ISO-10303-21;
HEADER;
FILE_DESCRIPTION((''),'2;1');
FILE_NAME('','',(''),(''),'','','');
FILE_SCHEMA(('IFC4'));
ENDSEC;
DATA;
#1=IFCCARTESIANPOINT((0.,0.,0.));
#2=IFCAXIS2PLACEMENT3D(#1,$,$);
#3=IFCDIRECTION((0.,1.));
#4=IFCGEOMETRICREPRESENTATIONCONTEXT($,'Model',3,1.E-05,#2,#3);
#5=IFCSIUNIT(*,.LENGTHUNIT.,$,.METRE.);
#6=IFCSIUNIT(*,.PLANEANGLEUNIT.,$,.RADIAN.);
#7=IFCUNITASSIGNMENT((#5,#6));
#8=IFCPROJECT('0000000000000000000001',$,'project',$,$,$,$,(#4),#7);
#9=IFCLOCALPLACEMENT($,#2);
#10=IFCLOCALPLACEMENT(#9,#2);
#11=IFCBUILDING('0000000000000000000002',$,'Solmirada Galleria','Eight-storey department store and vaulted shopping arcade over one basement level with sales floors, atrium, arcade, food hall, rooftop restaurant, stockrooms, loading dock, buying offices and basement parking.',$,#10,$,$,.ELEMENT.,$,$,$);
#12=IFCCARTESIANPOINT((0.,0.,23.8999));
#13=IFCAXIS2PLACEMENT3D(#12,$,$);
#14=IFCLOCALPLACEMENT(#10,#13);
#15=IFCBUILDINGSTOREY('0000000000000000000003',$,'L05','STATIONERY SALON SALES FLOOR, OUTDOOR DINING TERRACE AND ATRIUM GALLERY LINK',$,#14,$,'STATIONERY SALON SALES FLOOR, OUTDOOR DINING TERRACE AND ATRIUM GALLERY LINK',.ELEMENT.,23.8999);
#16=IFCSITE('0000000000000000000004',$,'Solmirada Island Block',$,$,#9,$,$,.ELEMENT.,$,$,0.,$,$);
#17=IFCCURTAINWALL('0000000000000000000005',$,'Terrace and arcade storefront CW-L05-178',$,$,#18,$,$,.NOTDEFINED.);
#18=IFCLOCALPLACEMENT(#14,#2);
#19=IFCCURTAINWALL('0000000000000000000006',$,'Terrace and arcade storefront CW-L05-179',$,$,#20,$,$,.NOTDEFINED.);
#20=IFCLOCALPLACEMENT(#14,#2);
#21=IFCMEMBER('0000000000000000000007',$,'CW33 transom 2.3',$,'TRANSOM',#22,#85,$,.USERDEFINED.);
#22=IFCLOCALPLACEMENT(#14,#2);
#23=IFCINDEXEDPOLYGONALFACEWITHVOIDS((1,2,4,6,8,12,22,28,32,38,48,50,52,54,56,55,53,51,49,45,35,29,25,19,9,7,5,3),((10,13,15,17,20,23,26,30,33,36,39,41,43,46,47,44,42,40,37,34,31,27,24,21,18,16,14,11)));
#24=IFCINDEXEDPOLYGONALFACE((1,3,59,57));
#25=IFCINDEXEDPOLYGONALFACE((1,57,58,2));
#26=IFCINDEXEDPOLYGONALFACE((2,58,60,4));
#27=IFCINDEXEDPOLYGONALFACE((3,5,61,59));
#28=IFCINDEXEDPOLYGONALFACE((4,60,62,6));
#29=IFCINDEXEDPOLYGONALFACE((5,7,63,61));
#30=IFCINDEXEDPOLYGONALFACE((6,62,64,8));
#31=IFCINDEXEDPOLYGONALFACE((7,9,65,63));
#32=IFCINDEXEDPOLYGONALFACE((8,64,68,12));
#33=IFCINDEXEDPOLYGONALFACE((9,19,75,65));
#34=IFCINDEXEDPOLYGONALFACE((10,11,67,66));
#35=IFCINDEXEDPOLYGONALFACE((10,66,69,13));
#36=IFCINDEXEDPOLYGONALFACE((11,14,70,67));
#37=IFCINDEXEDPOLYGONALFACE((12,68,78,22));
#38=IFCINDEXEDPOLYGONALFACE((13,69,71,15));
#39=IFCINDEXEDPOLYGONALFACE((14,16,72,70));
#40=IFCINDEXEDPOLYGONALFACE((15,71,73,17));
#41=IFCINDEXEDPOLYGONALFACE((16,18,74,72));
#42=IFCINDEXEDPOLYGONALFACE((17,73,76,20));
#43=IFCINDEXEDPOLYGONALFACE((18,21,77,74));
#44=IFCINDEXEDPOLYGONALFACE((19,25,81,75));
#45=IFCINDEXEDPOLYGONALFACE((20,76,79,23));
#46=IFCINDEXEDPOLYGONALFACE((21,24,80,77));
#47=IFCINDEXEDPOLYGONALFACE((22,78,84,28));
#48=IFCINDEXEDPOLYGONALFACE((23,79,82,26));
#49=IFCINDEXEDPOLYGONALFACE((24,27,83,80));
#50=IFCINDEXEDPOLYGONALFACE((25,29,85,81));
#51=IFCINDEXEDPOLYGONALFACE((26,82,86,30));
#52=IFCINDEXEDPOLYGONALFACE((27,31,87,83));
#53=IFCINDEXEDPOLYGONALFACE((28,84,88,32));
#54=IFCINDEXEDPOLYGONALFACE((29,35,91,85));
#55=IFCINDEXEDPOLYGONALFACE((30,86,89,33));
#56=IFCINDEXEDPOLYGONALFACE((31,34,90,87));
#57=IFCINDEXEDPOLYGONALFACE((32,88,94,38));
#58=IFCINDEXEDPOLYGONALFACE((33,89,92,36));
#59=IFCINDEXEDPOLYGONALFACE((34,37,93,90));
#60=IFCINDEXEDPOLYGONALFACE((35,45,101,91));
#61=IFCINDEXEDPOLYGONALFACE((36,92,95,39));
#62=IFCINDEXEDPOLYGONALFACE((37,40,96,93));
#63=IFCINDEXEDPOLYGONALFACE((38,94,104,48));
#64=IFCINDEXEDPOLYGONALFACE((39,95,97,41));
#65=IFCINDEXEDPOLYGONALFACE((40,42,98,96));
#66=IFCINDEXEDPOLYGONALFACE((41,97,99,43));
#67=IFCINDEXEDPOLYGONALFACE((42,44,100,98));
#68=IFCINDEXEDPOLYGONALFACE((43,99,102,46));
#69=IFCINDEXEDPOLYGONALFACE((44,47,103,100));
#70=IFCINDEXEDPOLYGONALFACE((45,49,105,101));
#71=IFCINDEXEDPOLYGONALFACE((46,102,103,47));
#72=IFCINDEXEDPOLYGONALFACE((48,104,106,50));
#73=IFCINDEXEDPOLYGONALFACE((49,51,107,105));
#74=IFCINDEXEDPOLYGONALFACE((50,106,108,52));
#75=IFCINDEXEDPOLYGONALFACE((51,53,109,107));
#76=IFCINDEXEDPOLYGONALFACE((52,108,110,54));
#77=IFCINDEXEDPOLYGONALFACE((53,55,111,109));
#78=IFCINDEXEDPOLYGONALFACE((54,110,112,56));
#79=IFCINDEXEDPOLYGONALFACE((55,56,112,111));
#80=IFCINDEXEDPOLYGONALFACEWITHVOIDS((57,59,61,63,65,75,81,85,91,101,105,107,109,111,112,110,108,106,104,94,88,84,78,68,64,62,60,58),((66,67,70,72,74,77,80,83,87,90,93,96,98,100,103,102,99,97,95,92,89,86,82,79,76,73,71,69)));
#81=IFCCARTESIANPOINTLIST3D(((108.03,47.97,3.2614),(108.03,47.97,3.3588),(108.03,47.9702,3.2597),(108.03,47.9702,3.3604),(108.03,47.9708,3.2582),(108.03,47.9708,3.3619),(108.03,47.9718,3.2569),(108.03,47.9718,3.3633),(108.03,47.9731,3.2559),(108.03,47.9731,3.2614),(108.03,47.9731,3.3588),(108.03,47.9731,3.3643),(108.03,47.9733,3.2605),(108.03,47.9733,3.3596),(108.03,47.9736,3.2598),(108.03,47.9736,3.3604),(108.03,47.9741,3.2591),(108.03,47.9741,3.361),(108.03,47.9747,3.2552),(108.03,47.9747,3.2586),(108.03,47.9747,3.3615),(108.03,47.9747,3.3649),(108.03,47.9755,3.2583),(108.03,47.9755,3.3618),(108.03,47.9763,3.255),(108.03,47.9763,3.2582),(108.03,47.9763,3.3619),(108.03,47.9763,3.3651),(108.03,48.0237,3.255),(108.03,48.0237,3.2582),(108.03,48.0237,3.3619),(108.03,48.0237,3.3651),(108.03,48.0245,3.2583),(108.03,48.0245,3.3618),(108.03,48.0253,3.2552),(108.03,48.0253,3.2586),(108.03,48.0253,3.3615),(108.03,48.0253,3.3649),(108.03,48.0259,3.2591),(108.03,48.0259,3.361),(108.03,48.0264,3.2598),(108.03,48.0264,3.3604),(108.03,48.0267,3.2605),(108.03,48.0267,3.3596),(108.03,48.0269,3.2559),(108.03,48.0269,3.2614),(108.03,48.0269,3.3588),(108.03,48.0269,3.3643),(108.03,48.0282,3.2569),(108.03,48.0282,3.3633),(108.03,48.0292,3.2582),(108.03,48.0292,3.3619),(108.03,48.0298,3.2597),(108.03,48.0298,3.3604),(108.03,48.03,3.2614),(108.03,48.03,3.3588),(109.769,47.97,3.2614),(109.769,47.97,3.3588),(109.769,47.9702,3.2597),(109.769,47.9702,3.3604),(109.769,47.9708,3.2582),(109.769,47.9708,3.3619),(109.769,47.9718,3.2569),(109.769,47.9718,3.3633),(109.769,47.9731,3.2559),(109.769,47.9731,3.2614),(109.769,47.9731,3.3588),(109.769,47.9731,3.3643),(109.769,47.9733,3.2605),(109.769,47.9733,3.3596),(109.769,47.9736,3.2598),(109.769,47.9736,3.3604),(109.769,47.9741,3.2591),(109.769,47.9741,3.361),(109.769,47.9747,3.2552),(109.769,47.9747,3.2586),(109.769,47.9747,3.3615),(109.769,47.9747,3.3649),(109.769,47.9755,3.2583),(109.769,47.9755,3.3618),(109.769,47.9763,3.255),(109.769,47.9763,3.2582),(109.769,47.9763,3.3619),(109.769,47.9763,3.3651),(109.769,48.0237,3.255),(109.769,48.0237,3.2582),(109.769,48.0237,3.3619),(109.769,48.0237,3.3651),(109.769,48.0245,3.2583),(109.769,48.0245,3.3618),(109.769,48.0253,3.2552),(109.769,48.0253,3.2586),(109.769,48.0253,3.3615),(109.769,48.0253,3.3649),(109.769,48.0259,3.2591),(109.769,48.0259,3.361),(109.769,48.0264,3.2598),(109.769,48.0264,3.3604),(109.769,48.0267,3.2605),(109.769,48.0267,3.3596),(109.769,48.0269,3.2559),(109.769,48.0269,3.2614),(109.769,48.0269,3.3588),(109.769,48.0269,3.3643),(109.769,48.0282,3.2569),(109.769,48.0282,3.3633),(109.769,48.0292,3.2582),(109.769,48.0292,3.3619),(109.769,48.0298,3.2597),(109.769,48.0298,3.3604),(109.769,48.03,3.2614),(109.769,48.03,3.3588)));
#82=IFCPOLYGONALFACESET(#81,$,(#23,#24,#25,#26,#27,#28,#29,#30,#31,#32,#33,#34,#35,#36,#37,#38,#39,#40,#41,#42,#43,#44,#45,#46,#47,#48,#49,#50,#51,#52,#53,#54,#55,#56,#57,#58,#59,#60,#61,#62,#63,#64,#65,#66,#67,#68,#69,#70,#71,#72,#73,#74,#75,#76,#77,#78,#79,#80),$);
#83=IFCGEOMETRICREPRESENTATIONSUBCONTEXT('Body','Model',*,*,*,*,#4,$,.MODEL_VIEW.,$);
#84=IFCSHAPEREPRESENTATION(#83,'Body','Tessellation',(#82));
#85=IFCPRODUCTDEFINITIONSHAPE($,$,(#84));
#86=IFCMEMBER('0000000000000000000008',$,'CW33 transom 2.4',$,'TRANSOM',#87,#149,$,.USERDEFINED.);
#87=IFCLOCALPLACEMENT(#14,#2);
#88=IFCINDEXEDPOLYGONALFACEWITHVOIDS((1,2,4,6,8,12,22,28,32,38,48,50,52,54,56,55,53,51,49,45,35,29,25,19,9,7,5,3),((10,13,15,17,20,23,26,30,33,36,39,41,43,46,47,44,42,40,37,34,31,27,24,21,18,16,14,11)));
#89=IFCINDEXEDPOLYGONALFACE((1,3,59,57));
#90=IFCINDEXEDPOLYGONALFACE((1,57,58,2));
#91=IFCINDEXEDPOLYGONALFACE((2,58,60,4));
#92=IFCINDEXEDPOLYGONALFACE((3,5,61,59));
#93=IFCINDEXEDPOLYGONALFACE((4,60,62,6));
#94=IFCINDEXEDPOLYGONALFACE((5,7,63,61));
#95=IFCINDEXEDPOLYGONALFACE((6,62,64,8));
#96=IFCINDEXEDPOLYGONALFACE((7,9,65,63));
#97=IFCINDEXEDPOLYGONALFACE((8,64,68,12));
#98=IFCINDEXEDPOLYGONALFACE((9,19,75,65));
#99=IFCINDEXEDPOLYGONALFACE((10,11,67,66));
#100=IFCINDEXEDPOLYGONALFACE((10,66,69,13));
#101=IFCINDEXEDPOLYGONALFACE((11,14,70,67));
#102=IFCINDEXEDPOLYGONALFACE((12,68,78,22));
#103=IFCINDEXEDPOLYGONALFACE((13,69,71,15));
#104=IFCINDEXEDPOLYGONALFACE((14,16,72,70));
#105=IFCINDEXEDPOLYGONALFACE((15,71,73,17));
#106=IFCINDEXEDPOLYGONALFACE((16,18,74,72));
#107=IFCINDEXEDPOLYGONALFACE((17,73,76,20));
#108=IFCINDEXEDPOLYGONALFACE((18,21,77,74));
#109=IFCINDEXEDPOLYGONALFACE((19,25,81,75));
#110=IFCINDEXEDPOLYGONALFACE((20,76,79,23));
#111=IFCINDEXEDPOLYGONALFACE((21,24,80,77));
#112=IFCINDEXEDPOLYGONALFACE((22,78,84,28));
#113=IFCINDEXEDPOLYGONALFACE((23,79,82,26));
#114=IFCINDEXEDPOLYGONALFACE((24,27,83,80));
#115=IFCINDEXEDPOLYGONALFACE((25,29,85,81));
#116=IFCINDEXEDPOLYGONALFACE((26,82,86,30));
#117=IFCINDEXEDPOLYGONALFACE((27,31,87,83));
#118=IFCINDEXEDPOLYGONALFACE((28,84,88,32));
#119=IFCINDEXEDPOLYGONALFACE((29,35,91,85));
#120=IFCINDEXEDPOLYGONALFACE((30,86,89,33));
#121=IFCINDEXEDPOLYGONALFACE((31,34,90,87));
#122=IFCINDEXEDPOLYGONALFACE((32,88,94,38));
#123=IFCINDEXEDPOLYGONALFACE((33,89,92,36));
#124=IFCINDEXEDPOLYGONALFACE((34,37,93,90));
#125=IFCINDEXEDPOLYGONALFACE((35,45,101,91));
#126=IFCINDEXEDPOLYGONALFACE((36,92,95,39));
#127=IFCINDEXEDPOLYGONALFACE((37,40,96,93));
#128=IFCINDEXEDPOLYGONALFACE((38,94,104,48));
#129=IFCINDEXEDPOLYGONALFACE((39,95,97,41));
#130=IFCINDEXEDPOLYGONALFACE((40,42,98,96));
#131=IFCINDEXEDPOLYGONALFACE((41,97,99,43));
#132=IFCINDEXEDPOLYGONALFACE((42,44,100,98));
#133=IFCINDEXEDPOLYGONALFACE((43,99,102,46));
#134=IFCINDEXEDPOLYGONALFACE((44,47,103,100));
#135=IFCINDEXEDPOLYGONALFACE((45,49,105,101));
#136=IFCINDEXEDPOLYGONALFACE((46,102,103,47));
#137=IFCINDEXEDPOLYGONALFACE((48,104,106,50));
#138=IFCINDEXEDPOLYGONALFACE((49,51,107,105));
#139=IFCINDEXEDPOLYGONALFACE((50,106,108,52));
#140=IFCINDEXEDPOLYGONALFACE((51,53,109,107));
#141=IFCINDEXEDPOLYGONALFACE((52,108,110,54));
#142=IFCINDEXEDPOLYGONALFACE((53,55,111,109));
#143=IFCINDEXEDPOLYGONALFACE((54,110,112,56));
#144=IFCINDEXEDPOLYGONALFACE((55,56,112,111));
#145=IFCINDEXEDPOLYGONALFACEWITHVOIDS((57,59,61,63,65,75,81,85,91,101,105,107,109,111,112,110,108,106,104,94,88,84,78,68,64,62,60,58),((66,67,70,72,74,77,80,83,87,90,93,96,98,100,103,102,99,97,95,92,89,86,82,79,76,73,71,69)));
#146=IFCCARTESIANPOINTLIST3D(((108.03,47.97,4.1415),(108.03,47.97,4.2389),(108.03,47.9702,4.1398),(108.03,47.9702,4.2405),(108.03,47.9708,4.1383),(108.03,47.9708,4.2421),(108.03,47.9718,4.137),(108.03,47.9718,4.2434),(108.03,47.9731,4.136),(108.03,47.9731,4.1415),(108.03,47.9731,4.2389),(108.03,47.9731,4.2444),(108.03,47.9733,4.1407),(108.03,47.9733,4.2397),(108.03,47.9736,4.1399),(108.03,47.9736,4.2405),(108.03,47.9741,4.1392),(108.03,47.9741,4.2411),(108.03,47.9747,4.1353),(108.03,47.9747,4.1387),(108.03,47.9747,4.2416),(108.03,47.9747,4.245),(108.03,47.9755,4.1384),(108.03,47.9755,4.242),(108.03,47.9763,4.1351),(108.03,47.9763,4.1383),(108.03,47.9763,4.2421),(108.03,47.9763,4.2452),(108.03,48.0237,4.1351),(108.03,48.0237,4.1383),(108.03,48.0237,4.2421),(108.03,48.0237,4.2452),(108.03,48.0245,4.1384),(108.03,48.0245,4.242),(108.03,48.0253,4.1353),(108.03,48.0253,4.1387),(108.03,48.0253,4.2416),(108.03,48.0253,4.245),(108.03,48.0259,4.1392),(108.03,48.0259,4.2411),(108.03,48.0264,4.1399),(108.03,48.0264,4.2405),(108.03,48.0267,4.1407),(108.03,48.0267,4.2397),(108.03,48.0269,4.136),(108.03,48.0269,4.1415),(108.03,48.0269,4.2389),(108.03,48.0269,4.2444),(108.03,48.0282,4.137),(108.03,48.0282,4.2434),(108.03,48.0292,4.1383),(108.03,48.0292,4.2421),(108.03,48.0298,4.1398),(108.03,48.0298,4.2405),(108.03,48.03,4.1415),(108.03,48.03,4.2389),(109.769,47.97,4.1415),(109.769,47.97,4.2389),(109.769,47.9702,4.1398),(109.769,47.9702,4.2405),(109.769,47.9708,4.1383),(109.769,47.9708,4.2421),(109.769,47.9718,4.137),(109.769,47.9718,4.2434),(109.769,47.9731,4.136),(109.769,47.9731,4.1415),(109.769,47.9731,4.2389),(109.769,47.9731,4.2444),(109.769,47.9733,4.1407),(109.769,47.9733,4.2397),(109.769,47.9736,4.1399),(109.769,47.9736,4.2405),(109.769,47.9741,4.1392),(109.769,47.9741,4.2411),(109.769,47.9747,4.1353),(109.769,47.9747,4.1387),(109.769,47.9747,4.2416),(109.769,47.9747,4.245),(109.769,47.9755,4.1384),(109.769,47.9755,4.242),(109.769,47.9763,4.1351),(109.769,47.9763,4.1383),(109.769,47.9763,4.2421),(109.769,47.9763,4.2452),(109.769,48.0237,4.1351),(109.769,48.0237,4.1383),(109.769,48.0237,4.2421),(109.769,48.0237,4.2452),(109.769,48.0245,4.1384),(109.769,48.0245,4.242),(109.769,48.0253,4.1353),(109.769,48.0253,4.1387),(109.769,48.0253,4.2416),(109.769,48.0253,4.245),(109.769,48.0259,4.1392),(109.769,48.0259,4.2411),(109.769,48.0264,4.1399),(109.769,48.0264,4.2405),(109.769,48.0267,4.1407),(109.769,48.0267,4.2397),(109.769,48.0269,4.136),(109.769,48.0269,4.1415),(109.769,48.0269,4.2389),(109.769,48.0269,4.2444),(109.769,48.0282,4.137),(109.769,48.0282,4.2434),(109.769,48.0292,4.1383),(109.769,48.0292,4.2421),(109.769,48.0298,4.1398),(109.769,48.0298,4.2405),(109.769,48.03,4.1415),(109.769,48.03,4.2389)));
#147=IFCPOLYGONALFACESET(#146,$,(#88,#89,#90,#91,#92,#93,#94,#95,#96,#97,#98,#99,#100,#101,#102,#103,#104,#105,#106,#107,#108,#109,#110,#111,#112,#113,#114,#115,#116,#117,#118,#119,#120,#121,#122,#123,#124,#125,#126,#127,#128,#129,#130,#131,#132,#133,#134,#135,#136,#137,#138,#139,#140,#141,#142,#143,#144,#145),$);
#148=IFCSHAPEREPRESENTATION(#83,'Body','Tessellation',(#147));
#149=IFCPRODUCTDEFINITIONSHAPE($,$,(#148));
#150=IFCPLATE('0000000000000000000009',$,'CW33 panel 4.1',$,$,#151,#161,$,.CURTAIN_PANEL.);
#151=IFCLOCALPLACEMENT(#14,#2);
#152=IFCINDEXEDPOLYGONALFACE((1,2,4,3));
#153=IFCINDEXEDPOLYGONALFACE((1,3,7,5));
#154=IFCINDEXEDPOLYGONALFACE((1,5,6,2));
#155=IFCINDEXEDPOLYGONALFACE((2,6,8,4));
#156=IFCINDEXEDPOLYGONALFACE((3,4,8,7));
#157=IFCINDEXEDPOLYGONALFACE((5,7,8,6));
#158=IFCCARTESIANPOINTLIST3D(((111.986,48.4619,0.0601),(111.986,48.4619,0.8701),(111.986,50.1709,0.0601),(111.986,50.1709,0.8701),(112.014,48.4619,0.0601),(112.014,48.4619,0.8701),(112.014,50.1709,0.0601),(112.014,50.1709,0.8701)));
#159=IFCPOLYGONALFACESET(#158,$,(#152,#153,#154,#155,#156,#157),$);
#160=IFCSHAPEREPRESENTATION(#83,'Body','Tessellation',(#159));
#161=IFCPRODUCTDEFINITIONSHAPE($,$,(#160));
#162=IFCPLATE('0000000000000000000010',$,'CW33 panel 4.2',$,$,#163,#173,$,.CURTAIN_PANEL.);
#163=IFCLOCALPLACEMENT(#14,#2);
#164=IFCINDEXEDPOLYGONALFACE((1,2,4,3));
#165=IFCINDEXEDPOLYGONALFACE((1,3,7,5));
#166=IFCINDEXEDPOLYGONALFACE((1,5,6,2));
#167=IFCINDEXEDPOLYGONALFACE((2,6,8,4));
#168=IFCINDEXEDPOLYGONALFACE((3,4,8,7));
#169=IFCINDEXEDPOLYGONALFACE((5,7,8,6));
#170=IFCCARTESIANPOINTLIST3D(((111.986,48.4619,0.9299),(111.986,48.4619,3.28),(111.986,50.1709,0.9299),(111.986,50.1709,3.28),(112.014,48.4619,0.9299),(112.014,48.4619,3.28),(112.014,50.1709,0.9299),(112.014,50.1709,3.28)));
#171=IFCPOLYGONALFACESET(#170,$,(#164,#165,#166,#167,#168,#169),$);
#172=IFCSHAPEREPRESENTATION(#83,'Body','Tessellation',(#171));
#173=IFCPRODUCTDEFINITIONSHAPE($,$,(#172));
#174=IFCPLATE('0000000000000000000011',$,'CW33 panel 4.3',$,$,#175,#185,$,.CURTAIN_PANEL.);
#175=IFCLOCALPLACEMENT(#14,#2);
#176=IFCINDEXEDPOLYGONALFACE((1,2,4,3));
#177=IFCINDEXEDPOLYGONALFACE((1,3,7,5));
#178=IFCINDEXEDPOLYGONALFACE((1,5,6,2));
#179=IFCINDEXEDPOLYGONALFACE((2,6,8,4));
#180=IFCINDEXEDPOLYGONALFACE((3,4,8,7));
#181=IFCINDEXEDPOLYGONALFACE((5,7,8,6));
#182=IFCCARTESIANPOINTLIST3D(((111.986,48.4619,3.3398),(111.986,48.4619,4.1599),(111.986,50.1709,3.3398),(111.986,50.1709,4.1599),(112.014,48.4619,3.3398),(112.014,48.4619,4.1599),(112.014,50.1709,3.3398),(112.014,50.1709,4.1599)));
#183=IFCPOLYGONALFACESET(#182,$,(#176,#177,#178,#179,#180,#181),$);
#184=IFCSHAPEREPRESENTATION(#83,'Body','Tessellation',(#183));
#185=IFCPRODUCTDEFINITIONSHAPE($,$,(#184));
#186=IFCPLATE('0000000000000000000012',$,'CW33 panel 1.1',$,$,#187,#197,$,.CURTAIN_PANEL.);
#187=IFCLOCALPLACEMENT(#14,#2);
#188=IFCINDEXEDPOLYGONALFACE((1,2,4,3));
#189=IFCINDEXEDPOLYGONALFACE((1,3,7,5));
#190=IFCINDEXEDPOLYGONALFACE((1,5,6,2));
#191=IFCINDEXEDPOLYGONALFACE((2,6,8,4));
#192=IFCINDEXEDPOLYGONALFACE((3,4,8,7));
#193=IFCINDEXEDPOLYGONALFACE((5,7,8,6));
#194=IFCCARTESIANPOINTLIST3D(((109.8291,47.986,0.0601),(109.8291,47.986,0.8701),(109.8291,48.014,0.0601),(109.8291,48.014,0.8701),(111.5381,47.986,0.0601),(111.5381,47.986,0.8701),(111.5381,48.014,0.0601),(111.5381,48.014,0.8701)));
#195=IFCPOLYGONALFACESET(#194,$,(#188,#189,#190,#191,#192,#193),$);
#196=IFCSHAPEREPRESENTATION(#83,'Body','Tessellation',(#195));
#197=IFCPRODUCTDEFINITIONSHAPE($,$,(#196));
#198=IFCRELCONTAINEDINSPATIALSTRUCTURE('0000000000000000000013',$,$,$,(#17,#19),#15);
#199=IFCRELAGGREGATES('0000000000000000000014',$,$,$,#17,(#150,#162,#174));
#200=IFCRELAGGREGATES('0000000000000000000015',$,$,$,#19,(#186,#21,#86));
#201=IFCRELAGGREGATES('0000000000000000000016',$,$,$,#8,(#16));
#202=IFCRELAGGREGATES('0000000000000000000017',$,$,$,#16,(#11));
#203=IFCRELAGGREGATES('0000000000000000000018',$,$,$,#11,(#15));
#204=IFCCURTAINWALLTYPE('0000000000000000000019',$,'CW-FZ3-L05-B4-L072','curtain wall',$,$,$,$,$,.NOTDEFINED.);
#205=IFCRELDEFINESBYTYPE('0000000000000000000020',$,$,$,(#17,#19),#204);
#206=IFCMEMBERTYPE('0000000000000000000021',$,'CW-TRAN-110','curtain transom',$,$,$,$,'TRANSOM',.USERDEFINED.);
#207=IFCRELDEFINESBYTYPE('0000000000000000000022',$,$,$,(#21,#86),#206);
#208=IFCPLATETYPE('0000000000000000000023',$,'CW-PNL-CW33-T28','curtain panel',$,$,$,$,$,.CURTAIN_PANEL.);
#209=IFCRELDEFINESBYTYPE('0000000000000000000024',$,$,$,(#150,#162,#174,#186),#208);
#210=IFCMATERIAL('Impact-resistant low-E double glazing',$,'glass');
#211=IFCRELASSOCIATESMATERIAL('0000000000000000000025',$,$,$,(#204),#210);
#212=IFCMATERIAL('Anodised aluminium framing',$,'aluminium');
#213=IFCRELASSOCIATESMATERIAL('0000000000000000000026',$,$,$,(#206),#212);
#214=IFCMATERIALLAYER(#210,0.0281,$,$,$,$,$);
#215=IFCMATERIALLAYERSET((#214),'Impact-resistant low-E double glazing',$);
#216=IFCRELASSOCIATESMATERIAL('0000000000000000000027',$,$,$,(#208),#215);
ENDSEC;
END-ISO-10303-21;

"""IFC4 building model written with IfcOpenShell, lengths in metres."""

from ifc_helpers import new_model, si_unit, direction, frame, origin, origin_2d, place, context, subcontext, project, spatial, rectangle, hollow_rectangle, extrude, material, layer, layer_set, material_profile, profile_set, type_object, element, aggregate, save


model = new_model("IFC4")

# Units and contexts
model_context = context("Model", 3, precision=1e-05, world=origin(), true_north=direction((0.0, 1.0)))
body_context = subcontext(model_context, "Body", "Model", "MODEL_VIEW")
ifc_project = project(units=[si_unit("LENGTHUNIT", "METRE"), si_unit("PLANEANGLEUNIT", "RADIAN")], contexts=[model_context])

# Site, building, storey
site_placement = place(None, origin())
site = spatial("IfcSite", under=ifc_project, at=site_placement, Name="Solmirada Island Block", CompositionType="ELEMENT", RefElevation=0.0)
building_placement = place(site_placement, origin())
building = spatial("IfcBuilding", under=site, at=building_placement, Name="Solmirada Galleria", Description="Eight-storey department store and vaulted shopping arcade over one basement level with sales floors, atrium, arcade, food hall, rooftop restaurant, stockrooms, loading dock, buying offices and basement parking.", CompositionType="ELEMENT")
storey_placement = place(building_placement, frame((0.0, 0.0, 23.8999)))
storey = spatial("IfcBuildingStorey", under=building, at=storey_placement, Name="L05", Description="STATIONERY SALON SALES FLOOR, OUTDOOR DINING TERRACE AND ATRIUM GALLERY LINK", LongName="STATIONERY SALON SALES FLOOR, OUTDOOR DINING TERRACE AND ATRIUM GALLERY LINK", CompositionType="ELEMENT", Elevation=23.8999)

# Curtain wall
ifc_material_1 = material(Name="Impact-resistant low-E double glazing", Category="glass")
curtain_wall_type = type_object("IfcCurtainWallType", Name="CW-FZ3-L05-B4-L072", Description="curtain wall", PredefinedType="NOTDEFINED", material=ifc_material_1)
curtain_wall_1_placement = place(storey_placement, origin())
curtain_wall_1 = element("IfcCurtainWall", 1, at=curtain_wall_1_placement, inside=storey, type_object=curtain_wall_type, Name="Terrace and arcade storefront CW-L05-178", PredefinedType="NOTDEFINED")
ifc_material_2 = material(Name="Anodised aluminium framing", Category="aluminium")

# Curtain wall
curtain_wall_2_placement = place(storey_placement, origin())
curtain_wall_2 = element("IfcCurtainWall", 2, at=curtain_wall_2_placement, inside=storey, type_object=curtain_wall_type, Name="Terrace and arcade storefront CW-L05-179", PredefinedType="NOTDEFINED")

# Members
ifc_material_profile_1 = material_profile(ifc_material_2, hollow_rectangle(XDim=0.0601, YDim=0.1101, WallThickness=0.0032, InnerFilletRadius=0.0032, OuterFilletRadius=0.0063, at=origin_2d()), Name="ALU-TRAN-110X60")
ifc_profile_set_1 = profile_set([ifc_material_profile_1], Name="Anodised aluminium framing")
member_type_1 = type_object("IfcMemberType", Name="CW-TRAN-110", Description="curtain transom", ElementType="TRANSOM", PredefinedType="USERDEFINED", material=ifc_profile_set_1)
member_1_placement = place(storey_placement, frame((109.769, 48.0, 3.3101), z_axis=(-1.0, 0.0, 0.0), x_axis=(0.0, -1.0, 0.0)))
member_1 = element("IfcMember", 3, at=member_1_placement, type_object=member_type_1, Name="CW33 transom 2.3", ObjectType="TRANSOM", PredefinedType="USERDEFINED", context=body_context, shape_type="SweptSolid", body=[
    extrude(hollow_rectangle(XDim=0.0601, YDim=0.1101, WallThickness=0.0032, InnerFilletRadius=0.0032, OuterFilletRadius=0.0063, at=origin_2d()), origin(), (0.0, 0.0, 1.0), 1.739),
])
member_2_placement = place(storey_placement, frame((109.769, 48.0, 4.1902), z_axis=(-1.0, 0.0, 0.0), x_axis=(0.0, -1.0, 0.0)))
member_2 = element("IfcMember", 4, at=member_2_placement, type_object=member_type_1, Name="CW33 transom 2.4", ObjectType="TRANSOM", PredefinedType="USERDEFINED", context=body_context, shape_type="SweptSolid", body=[
    extrude(hollow_rectangle(XDim=0.0601, YDim=0.1101, WallThickness=0.0032, InnerFilletRadius=0.0032, OuterFilletRadius=0.0063, at=origin_2d()), origin(), (0.0, 0.0, 1.0), 1.739),
])

# Plates
ifc_layer = layer(ifc_material_1, 0.0281)
ifc_layer_set = layer_set([ifc_layer], Name="Impact-resistant low-E double glazing")
plate_type = type_object("IfcPlateType", Name="CW-PNL-CW33-T28", Description="curtain panel", PredefinedType="CURTAIN_PANEL", material=ifc_layer_set)
plate_1_placement = place(storey_placement, frame((112.0, 49.3164, 0.0601), z_axis=(0.0, 0.0, 1.0), x_axis=(0.0, -1.0, 0.0)))
plate_1 = element("IfcPlate", 5, at=plate_1_placement, type_object=plate_type, Name="CW33 panel 4.1", PredefinedType="CURTAIN_PANEL", context=body_context, shape_type="SweptSolid", body=[
    extrude(rectangle(XDim=1.709, YDim=0.0281, at=origin_2d()), origin(), (0.0, 0.0, 1.0), 0.8101),
])
plate_2_placement = place(storey_placement, frame((112.0, 49.3164, 0.9299), z_axis=(0.0, 0.0, 1.0), x_axis=(0.0, -1.0, 0.0)))
plate_2 = element("IfcPlate", 6, at=plate_2_placement, type_object=plate_type, Name="CW33 panel 4.2", PredefinedType="CURTAIN_PANEL", context=body_context, shape_type="SweptSolid", body=[
    extrude(rectangle(XDim=1.709, YDim=0.0281, at=origin_2d()), origin(), (0.0, 0.0, 1.0), 2.3501),
])
plate_3_placement = place(storey_placement, frame((112.0, 49.3164, 3.3398), z_axis=(0.0, 0.0, 1.0), x_axis=(0.0, -1.0, 0.0)))
plate_3 = element("IfcPlate", 7, at=plate_3_placement, type_object=plate_type, Name="CW33 panel 4.3", PredefinedType="CURTAIN_PANEL", context=body_context, shape_type="SweptSolid", body=[
    extrude(rectangle(XDim=1.709, YDim=0.0281, at=origin_2d()), origin(), (0.0, 0.0, 1.0), 0.8201),
])
aggregate(curtain_wall_1, [plate_1, plate_2, plate_3])
plate_4_placement = place(storey_placement, frame((110.6836, 48.0, 0.0601), z_axis=(0.0, 0.0, 1.0), x_axis=(-1.0, 0.0, 0.0)))
plate_4 = element("IfcPlate", 8, at=plate_4_placement, type_object=plate_type, Name="CW33 panel 1.1", PredefinedType="CURTAIN_PANEL", context=body_context, shape_type="SweptSolid", body=[
    extrude(rectangle(XDim=1.709, YDim=0.0281, at=origin_2d()), origin(), (0.0, 0.0, 1.0), 0.8101),
])
aggregate(curtain_wall_2, [plate_4, member_1, member_2])

save(model, "model.ifc")
